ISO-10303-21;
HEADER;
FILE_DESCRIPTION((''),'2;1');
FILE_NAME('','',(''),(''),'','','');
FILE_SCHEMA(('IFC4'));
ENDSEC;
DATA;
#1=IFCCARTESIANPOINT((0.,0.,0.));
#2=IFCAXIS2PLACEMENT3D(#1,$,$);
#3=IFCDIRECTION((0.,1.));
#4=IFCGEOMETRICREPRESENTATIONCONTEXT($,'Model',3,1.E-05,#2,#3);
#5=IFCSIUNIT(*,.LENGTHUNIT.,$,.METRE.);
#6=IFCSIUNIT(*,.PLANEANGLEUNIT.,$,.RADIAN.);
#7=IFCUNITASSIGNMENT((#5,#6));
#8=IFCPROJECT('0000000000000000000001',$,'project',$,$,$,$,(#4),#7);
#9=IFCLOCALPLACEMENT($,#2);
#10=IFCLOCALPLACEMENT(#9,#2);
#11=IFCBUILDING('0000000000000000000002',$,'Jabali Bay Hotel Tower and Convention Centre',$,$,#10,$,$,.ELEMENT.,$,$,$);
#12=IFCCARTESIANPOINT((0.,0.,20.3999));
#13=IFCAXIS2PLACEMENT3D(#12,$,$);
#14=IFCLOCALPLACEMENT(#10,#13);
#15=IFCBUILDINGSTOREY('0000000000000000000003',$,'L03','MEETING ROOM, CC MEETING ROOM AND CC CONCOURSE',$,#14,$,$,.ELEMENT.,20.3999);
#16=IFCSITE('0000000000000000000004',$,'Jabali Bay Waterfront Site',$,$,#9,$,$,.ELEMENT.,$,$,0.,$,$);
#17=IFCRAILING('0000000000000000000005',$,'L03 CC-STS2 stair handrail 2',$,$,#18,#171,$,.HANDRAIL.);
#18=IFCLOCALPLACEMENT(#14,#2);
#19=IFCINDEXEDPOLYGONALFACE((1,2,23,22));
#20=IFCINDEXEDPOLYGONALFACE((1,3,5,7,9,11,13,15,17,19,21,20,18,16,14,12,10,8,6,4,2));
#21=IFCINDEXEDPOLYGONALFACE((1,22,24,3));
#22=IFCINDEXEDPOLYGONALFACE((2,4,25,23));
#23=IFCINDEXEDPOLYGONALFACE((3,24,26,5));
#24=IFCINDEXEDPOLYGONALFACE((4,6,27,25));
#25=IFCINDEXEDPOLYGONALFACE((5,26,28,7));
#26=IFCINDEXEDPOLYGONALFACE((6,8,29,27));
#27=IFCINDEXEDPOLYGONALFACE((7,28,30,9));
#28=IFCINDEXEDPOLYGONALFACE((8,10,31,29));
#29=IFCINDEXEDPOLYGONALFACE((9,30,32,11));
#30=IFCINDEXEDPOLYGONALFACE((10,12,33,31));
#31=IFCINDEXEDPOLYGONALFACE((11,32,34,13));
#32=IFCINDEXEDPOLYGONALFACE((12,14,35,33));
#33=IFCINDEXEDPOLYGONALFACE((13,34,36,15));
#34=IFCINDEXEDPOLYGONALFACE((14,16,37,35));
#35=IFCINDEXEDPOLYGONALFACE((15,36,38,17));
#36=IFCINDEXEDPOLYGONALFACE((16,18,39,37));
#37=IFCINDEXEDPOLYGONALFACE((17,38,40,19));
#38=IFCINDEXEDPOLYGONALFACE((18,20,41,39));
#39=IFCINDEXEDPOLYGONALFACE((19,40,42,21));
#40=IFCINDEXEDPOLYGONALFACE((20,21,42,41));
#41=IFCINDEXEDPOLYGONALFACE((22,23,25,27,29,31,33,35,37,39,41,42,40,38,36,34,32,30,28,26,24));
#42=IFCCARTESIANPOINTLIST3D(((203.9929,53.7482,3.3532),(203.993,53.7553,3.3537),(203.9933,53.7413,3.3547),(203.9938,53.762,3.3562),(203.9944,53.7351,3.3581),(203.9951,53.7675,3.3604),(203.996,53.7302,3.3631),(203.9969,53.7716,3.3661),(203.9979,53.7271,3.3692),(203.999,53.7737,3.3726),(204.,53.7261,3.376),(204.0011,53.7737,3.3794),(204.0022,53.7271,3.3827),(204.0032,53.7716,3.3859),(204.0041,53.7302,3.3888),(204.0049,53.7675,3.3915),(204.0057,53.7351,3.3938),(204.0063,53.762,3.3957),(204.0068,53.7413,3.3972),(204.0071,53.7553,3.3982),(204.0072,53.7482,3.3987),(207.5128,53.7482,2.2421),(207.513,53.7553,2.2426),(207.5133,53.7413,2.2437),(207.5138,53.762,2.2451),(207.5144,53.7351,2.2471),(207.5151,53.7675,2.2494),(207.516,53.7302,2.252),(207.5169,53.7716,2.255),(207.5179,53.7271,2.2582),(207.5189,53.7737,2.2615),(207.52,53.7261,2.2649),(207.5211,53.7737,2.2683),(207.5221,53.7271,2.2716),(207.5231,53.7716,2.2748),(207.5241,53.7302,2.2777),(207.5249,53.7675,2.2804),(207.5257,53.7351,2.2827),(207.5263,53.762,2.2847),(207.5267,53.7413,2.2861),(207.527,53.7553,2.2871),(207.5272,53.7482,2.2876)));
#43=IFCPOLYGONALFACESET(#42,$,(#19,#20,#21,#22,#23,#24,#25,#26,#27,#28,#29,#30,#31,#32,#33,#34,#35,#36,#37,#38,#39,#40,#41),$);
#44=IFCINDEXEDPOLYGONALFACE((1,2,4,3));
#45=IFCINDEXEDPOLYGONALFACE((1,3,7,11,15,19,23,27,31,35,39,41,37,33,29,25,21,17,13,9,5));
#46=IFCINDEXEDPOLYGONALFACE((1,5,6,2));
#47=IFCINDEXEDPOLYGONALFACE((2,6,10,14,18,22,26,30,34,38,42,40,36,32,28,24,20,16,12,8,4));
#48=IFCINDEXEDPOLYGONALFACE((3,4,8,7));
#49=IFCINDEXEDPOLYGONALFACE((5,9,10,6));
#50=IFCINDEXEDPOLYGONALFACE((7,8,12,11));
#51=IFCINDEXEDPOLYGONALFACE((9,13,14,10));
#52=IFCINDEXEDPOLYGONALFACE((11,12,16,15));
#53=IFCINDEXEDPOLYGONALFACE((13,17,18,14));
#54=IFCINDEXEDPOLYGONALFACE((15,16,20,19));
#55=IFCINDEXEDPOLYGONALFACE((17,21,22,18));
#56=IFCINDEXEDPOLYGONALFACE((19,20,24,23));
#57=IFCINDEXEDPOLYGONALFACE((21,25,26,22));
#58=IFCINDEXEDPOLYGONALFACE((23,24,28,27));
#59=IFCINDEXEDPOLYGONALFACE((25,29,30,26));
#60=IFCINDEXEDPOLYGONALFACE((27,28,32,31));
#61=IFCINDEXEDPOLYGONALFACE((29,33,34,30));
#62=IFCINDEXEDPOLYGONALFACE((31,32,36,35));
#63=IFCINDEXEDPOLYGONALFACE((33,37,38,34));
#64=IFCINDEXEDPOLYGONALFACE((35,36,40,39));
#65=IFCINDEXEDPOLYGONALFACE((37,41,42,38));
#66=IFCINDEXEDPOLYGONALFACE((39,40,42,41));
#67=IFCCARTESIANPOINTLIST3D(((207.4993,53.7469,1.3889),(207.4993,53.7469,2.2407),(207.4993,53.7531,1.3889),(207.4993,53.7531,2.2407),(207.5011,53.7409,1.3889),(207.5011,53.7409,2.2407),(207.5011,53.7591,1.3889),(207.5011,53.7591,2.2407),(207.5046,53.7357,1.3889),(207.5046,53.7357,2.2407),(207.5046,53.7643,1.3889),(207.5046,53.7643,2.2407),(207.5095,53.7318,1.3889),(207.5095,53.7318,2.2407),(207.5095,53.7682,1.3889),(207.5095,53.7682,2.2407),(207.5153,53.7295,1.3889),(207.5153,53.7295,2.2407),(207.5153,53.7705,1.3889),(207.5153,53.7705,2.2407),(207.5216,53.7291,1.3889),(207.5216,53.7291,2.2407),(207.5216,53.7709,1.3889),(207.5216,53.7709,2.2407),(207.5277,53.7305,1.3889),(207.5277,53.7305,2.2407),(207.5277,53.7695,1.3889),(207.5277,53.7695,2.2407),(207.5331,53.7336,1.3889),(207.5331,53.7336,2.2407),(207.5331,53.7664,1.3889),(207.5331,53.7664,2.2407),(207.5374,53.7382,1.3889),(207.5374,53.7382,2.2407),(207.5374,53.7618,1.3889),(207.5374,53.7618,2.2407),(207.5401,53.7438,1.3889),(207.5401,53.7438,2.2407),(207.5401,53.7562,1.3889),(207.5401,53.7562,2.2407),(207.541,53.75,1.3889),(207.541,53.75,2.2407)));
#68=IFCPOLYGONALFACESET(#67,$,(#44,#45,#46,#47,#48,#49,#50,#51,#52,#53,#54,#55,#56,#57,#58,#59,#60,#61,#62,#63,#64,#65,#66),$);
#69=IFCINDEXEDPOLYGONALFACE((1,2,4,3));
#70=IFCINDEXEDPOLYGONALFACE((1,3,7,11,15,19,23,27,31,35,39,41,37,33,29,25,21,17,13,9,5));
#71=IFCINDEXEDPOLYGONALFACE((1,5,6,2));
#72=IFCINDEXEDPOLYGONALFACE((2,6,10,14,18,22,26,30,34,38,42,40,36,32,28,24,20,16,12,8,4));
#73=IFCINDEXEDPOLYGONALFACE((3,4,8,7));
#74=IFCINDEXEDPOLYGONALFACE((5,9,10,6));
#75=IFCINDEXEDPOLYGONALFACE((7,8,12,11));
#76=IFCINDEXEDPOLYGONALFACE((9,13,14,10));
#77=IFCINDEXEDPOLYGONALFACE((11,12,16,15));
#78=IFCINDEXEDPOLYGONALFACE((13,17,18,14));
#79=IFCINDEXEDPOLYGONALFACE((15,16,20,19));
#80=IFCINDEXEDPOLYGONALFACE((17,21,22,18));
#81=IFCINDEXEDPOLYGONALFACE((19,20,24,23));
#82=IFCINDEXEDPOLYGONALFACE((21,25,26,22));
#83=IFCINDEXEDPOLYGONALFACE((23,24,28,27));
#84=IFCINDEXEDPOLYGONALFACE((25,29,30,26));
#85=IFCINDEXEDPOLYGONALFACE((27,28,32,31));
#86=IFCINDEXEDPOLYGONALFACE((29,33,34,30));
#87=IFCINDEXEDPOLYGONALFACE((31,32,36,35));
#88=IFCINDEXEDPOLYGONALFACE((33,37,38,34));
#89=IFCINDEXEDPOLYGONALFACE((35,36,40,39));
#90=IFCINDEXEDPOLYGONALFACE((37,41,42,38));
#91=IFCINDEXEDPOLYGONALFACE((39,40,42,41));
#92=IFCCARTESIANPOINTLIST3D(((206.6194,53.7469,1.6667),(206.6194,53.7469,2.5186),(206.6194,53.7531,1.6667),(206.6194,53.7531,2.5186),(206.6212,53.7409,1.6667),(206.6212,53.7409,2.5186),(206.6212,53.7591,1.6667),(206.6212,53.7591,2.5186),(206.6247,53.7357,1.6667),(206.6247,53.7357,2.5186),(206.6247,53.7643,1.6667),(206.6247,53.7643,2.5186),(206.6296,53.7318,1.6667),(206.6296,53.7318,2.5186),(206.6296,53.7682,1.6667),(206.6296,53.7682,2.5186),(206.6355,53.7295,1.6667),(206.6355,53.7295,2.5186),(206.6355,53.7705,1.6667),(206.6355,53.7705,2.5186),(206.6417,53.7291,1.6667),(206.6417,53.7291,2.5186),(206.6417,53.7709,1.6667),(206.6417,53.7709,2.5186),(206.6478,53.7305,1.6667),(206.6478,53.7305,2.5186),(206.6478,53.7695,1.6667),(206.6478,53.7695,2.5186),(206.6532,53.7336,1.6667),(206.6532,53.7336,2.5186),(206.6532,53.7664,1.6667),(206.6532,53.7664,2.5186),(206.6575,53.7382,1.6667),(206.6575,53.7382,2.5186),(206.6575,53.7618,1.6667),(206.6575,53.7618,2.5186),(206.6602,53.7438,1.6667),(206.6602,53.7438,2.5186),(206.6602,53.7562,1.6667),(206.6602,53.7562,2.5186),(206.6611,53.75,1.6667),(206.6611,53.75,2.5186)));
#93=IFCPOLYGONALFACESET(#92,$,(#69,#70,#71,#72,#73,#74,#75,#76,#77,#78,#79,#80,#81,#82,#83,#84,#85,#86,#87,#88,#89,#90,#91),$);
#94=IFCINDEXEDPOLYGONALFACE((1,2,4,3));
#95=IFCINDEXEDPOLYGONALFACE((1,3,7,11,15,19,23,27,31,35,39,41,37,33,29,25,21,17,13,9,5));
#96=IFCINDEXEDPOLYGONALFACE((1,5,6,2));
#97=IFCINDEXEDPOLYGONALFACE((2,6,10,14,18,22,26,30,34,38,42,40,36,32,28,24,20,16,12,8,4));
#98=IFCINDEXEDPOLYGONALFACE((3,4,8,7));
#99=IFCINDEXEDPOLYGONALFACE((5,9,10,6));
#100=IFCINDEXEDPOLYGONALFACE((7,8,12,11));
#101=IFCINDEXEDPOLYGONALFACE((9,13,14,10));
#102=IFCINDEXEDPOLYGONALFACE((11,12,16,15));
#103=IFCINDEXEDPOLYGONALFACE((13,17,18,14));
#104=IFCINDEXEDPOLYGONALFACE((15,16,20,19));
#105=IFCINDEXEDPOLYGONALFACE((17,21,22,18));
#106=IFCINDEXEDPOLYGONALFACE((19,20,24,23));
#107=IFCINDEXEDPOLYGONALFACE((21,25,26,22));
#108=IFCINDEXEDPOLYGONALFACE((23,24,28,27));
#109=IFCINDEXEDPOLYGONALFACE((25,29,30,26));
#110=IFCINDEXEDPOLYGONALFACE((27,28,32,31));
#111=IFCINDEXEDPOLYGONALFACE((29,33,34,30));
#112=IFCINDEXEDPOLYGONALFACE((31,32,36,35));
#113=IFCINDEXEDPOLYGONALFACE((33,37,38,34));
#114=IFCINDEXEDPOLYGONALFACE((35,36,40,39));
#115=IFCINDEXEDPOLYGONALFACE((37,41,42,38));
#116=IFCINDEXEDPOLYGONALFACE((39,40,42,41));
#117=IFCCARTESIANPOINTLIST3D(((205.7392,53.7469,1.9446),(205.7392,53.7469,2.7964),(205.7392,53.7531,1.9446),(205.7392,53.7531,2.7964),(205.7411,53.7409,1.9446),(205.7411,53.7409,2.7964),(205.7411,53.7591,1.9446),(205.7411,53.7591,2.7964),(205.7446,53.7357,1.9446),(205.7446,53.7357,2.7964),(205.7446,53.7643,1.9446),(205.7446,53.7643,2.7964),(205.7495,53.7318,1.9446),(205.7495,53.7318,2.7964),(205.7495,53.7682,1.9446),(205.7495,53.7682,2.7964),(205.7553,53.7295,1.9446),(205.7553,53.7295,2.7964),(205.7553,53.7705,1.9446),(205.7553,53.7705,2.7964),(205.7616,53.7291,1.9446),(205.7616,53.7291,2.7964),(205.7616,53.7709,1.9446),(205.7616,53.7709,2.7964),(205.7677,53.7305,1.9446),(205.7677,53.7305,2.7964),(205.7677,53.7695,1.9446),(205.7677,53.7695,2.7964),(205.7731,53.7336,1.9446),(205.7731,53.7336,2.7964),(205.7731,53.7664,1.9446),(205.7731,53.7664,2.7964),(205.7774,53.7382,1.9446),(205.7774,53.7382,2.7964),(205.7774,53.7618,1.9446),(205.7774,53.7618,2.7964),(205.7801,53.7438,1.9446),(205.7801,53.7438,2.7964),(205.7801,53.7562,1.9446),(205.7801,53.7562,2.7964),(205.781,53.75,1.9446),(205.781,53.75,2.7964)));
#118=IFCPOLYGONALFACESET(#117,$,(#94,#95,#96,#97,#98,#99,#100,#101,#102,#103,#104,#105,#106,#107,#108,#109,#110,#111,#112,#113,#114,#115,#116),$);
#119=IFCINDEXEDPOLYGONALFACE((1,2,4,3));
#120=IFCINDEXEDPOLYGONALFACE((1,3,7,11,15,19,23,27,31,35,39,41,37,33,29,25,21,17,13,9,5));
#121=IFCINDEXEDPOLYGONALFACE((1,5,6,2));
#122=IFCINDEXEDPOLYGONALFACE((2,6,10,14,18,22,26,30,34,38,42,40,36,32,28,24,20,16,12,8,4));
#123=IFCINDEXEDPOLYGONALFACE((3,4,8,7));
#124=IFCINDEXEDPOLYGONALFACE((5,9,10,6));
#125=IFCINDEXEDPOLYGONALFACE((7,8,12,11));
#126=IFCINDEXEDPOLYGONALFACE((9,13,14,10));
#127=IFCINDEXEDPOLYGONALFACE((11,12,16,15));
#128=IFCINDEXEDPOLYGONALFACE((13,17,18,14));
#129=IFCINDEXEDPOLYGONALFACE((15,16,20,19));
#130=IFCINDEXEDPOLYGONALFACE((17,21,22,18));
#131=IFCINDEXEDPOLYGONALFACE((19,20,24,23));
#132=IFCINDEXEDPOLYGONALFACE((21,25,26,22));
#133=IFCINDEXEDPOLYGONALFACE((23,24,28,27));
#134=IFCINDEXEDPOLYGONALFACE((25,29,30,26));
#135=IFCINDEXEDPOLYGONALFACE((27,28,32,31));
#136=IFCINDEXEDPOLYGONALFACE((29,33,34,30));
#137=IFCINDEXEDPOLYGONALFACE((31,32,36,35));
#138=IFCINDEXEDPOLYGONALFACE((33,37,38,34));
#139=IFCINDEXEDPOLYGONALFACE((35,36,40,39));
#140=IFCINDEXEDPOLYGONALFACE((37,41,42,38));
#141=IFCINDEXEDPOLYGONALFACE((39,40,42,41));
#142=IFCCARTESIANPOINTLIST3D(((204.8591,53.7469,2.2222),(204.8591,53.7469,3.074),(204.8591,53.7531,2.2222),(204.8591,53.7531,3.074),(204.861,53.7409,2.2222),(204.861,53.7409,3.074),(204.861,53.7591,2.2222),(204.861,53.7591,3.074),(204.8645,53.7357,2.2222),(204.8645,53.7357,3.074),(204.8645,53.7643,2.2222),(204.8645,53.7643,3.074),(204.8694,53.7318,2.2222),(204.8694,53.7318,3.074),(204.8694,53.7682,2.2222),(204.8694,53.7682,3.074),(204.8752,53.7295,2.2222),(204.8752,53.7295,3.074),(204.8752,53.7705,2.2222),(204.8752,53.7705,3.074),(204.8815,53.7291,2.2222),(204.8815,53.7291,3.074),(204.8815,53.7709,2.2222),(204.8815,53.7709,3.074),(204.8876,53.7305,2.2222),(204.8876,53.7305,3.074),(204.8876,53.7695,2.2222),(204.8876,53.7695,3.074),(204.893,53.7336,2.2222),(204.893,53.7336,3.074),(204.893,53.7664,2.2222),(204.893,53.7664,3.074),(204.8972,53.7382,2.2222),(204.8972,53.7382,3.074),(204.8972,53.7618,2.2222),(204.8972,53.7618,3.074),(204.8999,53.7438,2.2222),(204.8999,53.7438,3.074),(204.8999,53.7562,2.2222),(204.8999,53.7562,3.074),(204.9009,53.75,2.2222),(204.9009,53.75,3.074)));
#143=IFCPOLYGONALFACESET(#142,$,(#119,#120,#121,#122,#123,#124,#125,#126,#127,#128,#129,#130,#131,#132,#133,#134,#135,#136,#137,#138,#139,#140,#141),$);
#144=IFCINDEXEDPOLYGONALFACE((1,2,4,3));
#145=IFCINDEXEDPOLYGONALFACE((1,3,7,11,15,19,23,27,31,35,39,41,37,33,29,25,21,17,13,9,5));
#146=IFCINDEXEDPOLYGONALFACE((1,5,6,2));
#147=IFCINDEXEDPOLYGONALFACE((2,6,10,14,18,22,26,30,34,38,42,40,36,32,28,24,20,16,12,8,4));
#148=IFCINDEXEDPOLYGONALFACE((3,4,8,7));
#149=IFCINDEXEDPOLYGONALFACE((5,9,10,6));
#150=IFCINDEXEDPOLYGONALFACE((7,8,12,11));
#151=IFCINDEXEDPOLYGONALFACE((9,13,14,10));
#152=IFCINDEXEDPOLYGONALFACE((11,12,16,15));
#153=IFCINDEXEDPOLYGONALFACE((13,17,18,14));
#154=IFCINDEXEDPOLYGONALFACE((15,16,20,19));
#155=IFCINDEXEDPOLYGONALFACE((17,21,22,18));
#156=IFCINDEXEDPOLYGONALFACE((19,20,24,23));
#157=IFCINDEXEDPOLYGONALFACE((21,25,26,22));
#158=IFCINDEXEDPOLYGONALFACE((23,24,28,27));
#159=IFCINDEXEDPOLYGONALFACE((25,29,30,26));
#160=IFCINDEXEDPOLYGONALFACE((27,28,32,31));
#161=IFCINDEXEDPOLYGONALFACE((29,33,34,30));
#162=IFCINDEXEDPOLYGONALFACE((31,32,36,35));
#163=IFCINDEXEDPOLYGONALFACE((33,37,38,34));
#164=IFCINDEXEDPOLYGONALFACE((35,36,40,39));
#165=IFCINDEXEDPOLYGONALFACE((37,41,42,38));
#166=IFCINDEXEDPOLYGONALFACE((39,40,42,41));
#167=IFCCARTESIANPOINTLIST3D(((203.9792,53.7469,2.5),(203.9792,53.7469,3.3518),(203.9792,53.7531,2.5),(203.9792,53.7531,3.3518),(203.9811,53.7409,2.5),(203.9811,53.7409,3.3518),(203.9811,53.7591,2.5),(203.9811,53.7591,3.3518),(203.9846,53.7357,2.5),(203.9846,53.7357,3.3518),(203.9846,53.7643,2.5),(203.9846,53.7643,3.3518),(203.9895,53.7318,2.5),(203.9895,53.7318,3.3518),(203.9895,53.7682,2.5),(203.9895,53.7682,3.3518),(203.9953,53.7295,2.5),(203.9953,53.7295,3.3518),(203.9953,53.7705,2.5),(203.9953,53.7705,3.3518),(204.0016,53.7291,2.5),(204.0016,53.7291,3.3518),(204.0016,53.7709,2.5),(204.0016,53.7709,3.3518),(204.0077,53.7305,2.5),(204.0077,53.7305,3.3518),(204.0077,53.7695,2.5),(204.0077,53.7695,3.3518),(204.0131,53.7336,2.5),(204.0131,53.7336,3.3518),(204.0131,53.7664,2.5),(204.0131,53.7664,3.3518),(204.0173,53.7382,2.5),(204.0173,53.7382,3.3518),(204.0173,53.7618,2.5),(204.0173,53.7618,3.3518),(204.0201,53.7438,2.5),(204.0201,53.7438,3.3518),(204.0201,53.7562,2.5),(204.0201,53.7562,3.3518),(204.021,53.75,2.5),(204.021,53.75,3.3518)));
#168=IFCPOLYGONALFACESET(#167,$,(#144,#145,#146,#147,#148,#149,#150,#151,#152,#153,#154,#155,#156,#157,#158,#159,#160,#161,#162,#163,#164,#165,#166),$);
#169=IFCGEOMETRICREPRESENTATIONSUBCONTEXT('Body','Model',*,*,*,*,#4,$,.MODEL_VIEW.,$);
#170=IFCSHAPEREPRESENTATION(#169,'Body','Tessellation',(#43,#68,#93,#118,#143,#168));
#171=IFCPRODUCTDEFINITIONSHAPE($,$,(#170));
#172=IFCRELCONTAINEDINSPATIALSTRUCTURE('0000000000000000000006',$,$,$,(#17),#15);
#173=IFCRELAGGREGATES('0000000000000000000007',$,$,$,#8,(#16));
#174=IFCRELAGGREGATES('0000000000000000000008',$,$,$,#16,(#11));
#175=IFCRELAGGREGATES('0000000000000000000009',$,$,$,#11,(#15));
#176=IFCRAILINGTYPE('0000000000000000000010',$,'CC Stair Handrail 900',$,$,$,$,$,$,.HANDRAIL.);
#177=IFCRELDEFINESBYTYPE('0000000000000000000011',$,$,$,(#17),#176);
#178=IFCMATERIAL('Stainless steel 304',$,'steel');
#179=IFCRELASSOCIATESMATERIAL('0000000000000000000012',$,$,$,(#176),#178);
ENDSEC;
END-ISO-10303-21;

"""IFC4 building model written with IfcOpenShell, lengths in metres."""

from ifc_helpers import new_model, si_unit, direction, frame, origin, origin_2d, place, context, subcontext, project, spatial, circle, extrude, material, type_object, element, save


model = new_model("IFC4")

# Units and contexts
model_context = context("Model", 3, precision=1e-05, world=origin(), true_north=direction((0.0, 1.0)))
body_context = subcontext(model_context, "Body", "Model", "MODEL_VIEW")
ifc_project = project(units=[si_unit("LENGTHUNIT", "METRE"), si_unit("PLANEANGLEUNIT", "RADIAN")], contexts=[model_context])

# Site, building, storey
site_placement = place(None, origin())
site = spatial("IfcSite", under=ifc_project, at=site_placement, Name="Jabali Bay Waterfront Site", CompositionType="ELEMENT", RefElevation=0.0)
building_placement = place(site_placement, origin())
building = spatial("IfcBuilding", under=site, at=building_placement, Name="Jabali Bay Hotel Tower and Convention Centre", CompositionType="ELEMENT")
storey_placement = place(building_placement, frame((0.0, 0.0, 20.3999)))
storey = spatial("IfcBuildingStorey", under=building, at=storey_placement, Name="L03", Description="MEETING ROOM, CC MEETING ROOM AND CC CONCOURSE", CompositionType="ELEMENT", Elevation=20.3999)

# Railing
ifc_material_1 = material(Name="Stainless steel 304", Category="steel")
railing_type_1 = type_object("IfcRailingType", Name="CC Stair Handrail 900", PredefinedType="HANDRAIL", material=ifc_material_1)
railing_1_placement = place(storey_placement, frame((207.52, 53.75, 1.3889)))
element("IfcRailing", 1, at=railing_1_placement, inside=storey, type_object=railing_type_1, Name="L03 CC-STS2 stair handrail 2", PredefinedType="HANDRAIL", context=body_context, shape_type="SweptSolid", body=[
    extrude(circle(Radius=0.0239, at=origin_2d()), frame((0.0, 0.0, 0.876), z_axis=(-0.953622, 0.0, 0.301008), x_axis=(0.0, -1.0, 0.0)), (0.0, 0.0, 1.0), 3.6912),
    extrude(circle(Radius=0.021, at=origin_2d()), origin(), (0.0, 0.0, 1.0), 0.8518),
    extrude(circle(Radius=0.021, at=origin_2d()), frame((-0.8799, 0.0, 0.2778)), (0.0, 0.0, 1.0), 0.8518),
    extrude(circle(Radius=0.021, at=origin_2d()), frame((-1.76, 0.0, 0.5557)), (0.0, 0.0, 1.0), 0.8518),
    extrude(circle(Radius=0.021, at=origin_2d()), frame((-2.6401, 0.0, 0.8333)), (0.0, 0.0, 1.0), 0.8518),
    extrude(circle(Radius=0.021, at=origin_2d()), frame((-3.52, 0.0, 1.1111)), (0.0, 0.0, 1.0), 0.8518),
])

save(model, "model.ifc")
